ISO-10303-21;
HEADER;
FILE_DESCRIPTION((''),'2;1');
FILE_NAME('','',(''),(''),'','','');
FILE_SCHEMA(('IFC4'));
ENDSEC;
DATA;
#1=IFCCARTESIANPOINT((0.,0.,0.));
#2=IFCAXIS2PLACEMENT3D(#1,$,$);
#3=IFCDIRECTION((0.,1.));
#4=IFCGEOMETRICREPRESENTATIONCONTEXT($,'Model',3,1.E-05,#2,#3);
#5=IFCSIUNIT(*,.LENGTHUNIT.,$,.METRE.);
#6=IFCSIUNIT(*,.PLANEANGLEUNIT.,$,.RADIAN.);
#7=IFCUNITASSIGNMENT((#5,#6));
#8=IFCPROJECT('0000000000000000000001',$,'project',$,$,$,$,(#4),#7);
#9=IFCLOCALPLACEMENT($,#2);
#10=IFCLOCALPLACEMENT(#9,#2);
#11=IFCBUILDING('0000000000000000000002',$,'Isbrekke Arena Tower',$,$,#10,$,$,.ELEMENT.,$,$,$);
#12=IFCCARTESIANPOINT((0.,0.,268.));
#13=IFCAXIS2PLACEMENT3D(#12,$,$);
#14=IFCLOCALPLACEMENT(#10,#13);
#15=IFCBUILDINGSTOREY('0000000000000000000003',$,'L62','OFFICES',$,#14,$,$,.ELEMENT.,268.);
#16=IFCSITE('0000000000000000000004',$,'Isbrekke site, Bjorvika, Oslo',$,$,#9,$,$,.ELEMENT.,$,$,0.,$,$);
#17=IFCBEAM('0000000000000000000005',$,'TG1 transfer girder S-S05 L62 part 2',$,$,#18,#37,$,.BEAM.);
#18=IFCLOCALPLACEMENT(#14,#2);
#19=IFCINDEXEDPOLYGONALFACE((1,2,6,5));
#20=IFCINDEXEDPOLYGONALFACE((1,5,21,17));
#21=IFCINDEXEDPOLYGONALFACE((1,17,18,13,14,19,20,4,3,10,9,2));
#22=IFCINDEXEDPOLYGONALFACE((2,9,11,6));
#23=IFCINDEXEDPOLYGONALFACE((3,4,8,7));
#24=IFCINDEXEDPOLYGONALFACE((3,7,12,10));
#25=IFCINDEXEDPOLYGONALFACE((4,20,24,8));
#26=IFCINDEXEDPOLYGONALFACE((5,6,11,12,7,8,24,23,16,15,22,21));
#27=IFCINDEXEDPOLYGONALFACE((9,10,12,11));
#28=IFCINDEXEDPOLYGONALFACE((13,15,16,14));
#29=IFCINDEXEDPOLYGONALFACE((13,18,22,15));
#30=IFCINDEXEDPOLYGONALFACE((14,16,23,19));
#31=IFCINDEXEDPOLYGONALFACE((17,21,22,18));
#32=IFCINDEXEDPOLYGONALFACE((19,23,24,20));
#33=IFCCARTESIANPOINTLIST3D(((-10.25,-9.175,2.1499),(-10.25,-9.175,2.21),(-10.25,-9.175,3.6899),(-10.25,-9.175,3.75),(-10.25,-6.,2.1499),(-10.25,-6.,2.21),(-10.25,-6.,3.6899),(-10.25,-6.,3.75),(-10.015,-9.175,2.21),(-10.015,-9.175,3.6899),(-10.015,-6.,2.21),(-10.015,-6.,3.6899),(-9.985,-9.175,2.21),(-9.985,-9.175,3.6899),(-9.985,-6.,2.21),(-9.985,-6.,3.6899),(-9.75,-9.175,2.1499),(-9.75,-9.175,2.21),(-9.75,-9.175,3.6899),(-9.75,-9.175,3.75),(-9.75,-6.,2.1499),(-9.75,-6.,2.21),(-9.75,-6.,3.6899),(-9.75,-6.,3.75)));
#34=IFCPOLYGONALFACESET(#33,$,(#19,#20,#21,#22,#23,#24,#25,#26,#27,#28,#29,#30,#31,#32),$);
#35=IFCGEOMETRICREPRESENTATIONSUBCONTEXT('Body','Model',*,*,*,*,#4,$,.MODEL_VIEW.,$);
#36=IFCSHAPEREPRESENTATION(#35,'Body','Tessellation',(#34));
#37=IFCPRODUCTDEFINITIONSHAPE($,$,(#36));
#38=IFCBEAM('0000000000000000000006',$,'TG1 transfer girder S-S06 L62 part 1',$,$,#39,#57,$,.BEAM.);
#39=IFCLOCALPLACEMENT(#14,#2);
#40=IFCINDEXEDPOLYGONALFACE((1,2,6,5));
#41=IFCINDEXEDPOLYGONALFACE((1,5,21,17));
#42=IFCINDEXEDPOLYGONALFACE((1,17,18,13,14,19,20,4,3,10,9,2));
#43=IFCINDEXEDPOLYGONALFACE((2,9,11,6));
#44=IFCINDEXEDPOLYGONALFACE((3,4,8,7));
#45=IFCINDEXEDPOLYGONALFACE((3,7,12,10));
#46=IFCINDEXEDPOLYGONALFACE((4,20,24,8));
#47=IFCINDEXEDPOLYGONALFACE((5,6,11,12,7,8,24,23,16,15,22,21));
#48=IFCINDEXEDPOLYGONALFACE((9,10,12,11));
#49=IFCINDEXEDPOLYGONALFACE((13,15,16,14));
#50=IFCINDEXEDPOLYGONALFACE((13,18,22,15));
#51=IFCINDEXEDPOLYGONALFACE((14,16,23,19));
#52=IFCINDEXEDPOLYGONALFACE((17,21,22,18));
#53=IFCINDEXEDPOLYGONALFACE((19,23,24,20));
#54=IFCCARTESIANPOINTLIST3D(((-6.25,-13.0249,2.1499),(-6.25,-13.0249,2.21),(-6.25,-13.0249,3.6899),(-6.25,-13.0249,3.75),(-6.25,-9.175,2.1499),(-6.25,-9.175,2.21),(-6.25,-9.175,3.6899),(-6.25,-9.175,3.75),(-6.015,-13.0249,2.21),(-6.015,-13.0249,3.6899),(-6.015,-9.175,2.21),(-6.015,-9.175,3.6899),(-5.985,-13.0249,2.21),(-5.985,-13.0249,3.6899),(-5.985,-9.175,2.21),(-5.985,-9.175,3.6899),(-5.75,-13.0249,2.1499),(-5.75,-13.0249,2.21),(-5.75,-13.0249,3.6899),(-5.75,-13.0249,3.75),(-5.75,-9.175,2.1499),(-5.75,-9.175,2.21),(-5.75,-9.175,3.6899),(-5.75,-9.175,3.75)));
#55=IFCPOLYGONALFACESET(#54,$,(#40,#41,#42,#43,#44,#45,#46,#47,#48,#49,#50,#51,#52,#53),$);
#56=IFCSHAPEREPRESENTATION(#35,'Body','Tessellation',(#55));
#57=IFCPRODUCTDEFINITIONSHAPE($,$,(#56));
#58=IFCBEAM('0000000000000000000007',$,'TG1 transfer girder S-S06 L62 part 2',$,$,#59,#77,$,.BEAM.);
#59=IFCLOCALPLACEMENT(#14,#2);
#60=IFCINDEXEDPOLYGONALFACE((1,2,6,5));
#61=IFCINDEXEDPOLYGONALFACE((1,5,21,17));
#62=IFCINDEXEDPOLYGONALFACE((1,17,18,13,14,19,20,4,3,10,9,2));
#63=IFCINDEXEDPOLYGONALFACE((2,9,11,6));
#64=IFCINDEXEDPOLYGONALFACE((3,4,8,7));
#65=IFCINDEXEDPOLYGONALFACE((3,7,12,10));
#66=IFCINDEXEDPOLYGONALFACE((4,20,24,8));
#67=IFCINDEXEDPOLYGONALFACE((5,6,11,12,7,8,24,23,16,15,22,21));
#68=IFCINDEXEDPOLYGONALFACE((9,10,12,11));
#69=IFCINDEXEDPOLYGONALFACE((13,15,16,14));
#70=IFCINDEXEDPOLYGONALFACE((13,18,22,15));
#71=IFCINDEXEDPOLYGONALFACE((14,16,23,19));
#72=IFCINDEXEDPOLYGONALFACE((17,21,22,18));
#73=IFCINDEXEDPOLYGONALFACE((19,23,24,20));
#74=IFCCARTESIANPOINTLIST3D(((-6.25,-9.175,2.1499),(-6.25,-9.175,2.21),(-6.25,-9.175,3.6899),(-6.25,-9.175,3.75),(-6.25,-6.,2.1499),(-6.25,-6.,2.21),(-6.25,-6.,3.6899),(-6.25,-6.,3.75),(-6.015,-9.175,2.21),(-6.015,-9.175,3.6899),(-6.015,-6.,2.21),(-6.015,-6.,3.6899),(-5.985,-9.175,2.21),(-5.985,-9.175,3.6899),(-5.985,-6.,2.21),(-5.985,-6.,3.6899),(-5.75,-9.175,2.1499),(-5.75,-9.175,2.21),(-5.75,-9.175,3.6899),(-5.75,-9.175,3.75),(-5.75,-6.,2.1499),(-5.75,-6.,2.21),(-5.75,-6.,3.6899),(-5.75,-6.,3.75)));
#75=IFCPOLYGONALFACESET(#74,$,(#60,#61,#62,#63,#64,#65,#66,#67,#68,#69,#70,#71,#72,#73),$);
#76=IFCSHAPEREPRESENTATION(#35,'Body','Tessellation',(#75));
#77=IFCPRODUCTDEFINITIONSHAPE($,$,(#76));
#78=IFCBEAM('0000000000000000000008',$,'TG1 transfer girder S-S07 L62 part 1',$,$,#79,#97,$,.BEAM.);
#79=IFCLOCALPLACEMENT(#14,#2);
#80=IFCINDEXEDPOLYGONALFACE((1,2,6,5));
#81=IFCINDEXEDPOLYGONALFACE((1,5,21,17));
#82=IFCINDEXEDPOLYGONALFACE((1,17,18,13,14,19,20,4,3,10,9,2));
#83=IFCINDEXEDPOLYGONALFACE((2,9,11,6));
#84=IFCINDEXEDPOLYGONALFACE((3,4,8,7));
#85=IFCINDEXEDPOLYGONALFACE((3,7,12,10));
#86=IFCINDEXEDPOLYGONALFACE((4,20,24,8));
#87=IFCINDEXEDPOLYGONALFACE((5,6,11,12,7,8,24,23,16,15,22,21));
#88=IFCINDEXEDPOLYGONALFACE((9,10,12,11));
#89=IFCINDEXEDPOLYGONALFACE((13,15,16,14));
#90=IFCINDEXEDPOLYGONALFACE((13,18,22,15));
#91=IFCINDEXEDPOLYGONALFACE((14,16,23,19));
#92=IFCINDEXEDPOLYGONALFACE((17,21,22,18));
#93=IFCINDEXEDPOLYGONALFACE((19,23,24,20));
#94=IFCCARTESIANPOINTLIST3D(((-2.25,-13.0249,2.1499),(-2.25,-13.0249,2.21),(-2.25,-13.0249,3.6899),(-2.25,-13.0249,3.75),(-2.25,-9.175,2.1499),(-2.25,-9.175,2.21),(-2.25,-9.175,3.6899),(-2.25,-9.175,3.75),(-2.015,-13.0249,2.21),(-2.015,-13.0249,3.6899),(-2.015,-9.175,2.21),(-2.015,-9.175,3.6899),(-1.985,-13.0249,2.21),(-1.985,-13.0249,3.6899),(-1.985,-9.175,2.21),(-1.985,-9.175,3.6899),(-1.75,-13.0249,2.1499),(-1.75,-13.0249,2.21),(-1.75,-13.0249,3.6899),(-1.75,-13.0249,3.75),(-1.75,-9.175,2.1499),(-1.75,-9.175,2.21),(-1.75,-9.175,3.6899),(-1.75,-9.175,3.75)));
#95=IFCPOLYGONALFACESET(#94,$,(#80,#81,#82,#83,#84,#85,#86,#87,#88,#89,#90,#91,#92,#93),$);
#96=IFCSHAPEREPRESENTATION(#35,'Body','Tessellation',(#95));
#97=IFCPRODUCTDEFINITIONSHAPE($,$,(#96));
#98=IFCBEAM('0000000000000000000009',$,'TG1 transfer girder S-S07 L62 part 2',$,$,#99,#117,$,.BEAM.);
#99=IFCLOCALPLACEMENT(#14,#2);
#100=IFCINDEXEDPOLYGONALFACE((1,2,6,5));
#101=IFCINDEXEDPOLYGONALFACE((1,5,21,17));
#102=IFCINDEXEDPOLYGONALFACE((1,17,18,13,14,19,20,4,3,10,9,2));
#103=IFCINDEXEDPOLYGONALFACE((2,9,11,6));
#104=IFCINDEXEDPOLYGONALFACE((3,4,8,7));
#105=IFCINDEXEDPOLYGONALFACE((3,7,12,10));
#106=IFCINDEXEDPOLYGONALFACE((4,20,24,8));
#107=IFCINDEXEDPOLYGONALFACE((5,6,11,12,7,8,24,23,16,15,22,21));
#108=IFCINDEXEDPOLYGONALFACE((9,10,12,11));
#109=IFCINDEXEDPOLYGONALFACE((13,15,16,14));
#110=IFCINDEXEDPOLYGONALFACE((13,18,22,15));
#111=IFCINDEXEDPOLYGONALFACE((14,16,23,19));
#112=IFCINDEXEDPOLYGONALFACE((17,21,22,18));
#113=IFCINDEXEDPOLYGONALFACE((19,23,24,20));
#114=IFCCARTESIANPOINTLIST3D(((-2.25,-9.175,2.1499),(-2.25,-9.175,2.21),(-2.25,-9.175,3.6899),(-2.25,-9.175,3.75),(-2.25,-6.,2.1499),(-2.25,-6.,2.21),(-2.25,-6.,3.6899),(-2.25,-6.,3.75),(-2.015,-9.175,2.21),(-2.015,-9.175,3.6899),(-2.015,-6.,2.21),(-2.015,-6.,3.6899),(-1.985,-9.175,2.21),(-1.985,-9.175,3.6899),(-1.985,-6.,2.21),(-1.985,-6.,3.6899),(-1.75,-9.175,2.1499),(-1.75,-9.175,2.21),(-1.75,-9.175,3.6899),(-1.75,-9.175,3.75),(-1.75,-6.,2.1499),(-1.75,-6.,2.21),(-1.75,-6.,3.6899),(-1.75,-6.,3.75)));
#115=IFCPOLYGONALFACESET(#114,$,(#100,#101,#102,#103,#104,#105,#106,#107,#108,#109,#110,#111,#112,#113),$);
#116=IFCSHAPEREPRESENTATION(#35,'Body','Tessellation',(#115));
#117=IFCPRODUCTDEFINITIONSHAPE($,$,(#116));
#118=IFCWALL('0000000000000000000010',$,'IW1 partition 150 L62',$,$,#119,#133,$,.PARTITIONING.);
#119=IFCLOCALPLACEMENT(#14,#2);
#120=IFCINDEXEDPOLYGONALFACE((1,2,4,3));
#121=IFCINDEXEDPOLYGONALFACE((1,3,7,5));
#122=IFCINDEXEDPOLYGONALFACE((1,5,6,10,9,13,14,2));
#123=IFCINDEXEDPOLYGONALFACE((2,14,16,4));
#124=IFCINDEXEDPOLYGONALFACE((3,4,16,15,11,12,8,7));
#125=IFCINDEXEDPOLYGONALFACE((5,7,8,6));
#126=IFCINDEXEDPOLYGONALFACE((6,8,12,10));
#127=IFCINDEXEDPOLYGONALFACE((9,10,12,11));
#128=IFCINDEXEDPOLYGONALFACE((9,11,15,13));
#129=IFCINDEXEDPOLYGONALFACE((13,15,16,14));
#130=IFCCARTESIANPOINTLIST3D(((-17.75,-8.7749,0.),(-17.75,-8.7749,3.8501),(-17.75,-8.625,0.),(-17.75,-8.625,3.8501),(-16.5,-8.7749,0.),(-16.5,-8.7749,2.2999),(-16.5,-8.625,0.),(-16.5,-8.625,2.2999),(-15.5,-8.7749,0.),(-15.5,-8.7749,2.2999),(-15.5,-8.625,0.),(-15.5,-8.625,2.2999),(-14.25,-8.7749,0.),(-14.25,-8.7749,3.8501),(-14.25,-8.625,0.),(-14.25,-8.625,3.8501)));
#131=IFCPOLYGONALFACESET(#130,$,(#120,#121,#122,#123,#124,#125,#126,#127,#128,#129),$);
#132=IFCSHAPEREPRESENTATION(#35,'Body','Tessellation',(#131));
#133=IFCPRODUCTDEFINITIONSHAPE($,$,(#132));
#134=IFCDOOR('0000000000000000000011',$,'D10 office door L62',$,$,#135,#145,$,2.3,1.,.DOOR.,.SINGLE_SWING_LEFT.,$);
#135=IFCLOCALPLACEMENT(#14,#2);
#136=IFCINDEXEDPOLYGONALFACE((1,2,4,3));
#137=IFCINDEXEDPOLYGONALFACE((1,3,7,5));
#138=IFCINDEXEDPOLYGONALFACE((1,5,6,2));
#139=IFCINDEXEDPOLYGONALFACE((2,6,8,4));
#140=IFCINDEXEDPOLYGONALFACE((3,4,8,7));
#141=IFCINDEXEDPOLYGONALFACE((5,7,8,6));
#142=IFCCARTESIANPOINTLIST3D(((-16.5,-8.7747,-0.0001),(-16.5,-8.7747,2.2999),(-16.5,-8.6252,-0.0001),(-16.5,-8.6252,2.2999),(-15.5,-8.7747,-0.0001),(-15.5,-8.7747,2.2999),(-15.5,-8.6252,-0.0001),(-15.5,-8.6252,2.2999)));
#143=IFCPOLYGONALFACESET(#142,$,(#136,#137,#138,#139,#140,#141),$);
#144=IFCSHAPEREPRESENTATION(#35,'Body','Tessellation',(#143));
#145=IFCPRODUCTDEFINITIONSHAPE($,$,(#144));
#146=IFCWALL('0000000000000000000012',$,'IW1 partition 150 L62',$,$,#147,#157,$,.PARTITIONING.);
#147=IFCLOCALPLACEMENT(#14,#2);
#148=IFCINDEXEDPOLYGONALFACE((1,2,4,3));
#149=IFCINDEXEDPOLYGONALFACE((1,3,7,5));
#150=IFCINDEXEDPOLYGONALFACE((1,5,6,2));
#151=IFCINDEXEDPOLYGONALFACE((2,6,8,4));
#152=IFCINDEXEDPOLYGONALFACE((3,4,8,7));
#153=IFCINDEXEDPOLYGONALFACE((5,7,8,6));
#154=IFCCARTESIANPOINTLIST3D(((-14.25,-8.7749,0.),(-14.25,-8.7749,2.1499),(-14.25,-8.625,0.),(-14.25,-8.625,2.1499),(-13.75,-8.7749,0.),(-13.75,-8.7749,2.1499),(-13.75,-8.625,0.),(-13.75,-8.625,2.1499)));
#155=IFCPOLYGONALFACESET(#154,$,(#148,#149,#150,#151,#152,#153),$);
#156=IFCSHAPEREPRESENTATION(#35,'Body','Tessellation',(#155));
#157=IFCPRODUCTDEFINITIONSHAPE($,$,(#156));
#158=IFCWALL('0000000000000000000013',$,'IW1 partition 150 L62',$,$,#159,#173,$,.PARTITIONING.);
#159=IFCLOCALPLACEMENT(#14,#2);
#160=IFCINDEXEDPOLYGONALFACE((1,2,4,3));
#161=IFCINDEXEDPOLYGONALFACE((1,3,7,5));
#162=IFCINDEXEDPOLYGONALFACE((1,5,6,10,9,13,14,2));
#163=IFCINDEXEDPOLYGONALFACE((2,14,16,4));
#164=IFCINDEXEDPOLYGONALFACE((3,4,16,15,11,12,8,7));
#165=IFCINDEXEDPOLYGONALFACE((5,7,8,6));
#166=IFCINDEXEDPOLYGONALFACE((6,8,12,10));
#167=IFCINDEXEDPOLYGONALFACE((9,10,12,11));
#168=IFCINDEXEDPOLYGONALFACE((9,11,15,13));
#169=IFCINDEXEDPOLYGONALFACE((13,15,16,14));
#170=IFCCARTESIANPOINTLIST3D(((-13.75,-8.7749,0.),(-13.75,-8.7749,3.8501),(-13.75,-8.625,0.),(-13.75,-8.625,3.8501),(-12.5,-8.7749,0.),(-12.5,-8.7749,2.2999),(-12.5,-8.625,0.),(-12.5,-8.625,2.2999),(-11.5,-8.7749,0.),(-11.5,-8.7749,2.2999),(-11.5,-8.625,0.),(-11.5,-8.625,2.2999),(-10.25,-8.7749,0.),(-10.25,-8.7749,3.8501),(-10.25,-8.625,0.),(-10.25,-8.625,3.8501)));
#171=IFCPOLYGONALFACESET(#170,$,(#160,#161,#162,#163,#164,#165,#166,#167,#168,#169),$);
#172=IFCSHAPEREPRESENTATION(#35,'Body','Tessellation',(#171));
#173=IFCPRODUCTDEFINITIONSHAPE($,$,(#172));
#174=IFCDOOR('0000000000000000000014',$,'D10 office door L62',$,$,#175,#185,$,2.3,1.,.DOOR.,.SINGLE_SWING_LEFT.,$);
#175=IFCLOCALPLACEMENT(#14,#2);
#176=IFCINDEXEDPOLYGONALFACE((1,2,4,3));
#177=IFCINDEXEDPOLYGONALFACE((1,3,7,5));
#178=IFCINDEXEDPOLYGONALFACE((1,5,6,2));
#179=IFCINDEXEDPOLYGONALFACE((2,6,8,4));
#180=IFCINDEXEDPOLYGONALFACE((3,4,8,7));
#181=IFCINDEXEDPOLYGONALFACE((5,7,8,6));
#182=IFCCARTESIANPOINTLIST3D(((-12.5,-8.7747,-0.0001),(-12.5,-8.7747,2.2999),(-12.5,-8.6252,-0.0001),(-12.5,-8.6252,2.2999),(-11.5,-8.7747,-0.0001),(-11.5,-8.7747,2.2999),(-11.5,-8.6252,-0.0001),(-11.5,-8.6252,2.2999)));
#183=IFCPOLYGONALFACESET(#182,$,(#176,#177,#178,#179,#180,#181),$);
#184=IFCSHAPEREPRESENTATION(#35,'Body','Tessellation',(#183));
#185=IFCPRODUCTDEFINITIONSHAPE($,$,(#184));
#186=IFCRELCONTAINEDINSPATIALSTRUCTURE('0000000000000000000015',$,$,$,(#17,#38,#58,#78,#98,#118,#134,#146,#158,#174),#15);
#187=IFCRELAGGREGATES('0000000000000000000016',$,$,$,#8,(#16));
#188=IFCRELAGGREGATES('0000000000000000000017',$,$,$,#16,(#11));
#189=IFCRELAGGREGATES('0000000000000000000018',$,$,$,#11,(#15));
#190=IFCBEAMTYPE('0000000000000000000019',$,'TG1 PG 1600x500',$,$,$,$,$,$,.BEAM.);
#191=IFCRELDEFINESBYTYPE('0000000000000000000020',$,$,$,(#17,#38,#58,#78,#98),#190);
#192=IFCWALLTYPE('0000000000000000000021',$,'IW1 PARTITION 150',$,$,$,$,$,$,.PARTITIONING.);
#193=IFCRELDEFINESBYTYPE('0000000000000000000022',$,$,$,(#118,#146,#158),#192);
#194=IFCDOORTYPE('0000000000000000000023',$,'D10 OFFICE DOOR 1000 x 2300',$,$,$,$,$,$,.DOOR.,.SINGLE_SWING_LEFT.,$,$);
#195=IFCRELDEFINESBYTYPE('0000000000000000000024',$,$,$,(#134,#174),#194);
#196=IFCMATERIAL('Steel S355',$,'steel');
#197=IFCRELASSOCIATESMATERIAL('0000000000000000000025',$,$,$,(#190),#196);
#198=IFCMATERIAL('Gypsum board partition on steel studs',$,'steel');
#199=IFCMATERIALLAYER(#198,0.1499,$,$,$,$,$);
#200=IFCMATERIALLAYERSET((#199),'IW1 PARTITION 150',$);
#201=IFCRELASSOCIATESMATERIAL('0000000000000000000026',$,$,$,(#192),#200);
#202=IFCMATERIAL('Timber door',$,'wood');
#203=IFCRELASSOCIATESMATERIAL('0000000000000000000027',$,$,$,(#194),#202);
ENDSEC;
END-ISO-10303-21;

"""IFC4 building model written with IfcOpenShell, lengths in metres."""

from ifc_helpers import new_model, si_unit, direction, frame, frame_2d, origin, origin_2d, place, context, subcontext, project, spatial, rectangle, i_section, extrude, material, layer, layer_set, material_profile, profile_set, type_object, element, fill, save


model = new_model("IFC4")

# Units and contexts
model_context = context("Model", 3, precision=1e-05, world=origin(), true_north=direction((0.0, 1.0)))
body_context = subcontext(model_context, "Body", "Model", "MODEL_VIEW")
ifc_project = project(units=[si_unit("LENGTHUNIT", "METRE"), si_unit("PLANEANGLEUNIT", "RADIAN")], contexts=[model_context])

# Site, building, storey
site_placement = place(None, origin())
site = spatial("IfcSite", under=ifc_project, at=site_placement, Name="Isbrekke site, Bjorvika, Oslo", CompositionType="ELEMENT", RefElevation=0.0)
building_placement = place(site_placement, origin())
building = spatial("IfcBuilding", under=site, at=building_placement, Name="Isbrekke Arena Tower", CompositionType="ELEMENT")
storey_placement = place(building_placement, frame((0.0, 0.0, 268.0)))
storey = spatial("IfcBuildingStorey", under=building, at=storey_placement, Name="L62", Description="OFFICES", CompositionType="ELEMENT", Elevation=268.0)

# Beams
ifc_material_1 = material(Name="Steel S355", Category="steel")
ifc_material_profile_1 = material_profile(ifc_material_1, i_section(OverallWidth=0.5, OverallDepth=1.6001, WebThickness=0.03, FlangeThickness=0.0601, at=origin_2d()), Name="PG 1600x500")
ifc_profile_set_1 = profile_set([ifc_material_profile_1], Name="Steel S355")
beam_type_1 = type_object("IfcBeamType", Name="TG1 PG 1600x500", PredefinedType="BEAM", material=ifc_profile_set_1)
beam_1_placement = place(storey_placement, frame((-10.0, -9.175, 2.95), z_axis=(0.0, 1.0, 0.0), x_axis=(-1.0, 0.0, 0.0)))
element("IfcBeam", 1, at=beam_1_placement, inside=storey, type_object=beam_type_1, Name="TG1 transfer girder S-S05 L62 part 2", PredefinedType="BEAM", context=body_context, shape_type="SweptSolid", body=[
    extrude(i_section(OverallWidth=0.5, OverallDepth=1.6001, WebThickness=0.03, FlangeThickness=0.0601, at=origin_2d()), origin(), (0.0, 0.0, 1.0), 3.175),
])
beam_2_placement = place(storey_placement, frame((-6.0, -13.0249, 2.95), z_axis=(0.0, 1.0, 0.0), x_axis=(-1.0, 0.0, 0.0)))
element("IfcBeam", 2, at=beam_2_placement, inside=storey, type_object=beam_type_1, Name="TG1 transfer girder S-S06 L62 part 1", PredefinedType="BEAM", context=body_context, shape_type="SweptSolid", body=[
    extrude(i_section(OverallWidth=0.5, OverallDepth=1.6001, WebThickness=0.03, FlangeThickness=0.0601, at=origin_2d()), origin(), (0.0, 0.0, 1.0), 3.8499),
])
beam_3_placement = place(storey_placement, frame((-6.0, -9.175, 2.95), z_axis=(0.0, 1.0, 0.0), x_axis=(-1.0, 0.0, 0.0)))
element("IfcBeam", 3, at=beam_3_placement, inside=storey, type_object=beam_type_1, Name="TG1 transfer girder S-S06 L62 part 2", PredefinedType="BEAM", context=body_context, shape_type="SweptSolid", body=[
    extrude(i_section(OverallWidth=0.5, OverallDepth=1.6001, WebThickness=0.03, FlangeThickness=0.0601, at=origin_2d()), origin(), (0.0, 0.0, 1.0), 3.175),
])
beam_4_placement = place(storey_placement, frame((-2.0, -13.0249, 2.95), z_axis=(0.0, 1.0, 0.0), x_axis=(-1.0, 0.0, 0.0)))
element("IfcBeam", 4, at=beam_4_placement, inside=storey, type_object=beam_type_1, Name="TG1 transfer girder S-S07 L62 part 1", PredefinedType="BEAM", context=body_context, shape_type="SweptSolid", body=[
    extrude(i_section(OverallWidth=0.5, OverallDepth=1.6001, WebThickness=0.03, FlangeThickness=0.0601, at=origin_2d()), origin(), (0.0, 0.0, 1.0), 3.8499),
])
beam_5_placement = place(storey_placement, frame((-2.0, -9.175, 2.95), z_axis=(0.0, 1.0, 0.0), x_axis=(-1.0, 0.0, 0.0)))
element("IfcBeam", 5, at=beam_5_placement, inside=storey, type_object=beam_type_1, Name="TG1 transfer girder S-S07 L62 part 2", PredefinedType="BEAM", context=body_context, shape_type="SweptSolid", body=[
    extrude(i_section(OverallWidth=0.5, OverallDepth=1.6001, WebThickness=0.03, FlangeThickness=0.0601, at=origin_2d()), origin(), (0.0, 0.0, 1.0), 3.175),
])

# Wall, opening, door
ifc_material_2 = material(Name="Gypsum board partition on steel studs", Category="steel")
ifc_layer_1 = layer(ifc_material_2, 0.1499)
ifc_layer_set_1 = layer_set([ifc_layer_1], Name="IW1 PARTITION 150")
wall_type_1 = type_object("IfcWallType", Name="IW1 PARTITION 150", PredefinedType="PARTITIONING", material=ifc_layer_set_1)
wall_1_placement = place(storey_placement, frame((-17.75, -8.7, 0.0), z_axis=(0.0, 0.0, 1.0), x_axis=(1.0, 0.0, 0.0)))
wall_1 = element("IfcWall", 6, at=wall_1_placement, inside=storey, type_object=wall_type_1, Name="IW1 partition 150 L62", PredefinedType="PARTITIONING", context=body_context, shape_type="SweptSolid", body=[
    extrude(rectangle(XDim=3.5, YDim=0.1499, at=frame_2d((1.75, 0.0))), origin(), (0.0, 0.0, 1.0), 3.8501),
])
opening_1_placement = place(wall_1_placement, frame((1.25, 0.0, 0.0)))
opening_1 = element("IfcOpeningElement", 7, at=opening_1_placement, cuts=wall_1, PredefinedType="OPENING", context=body_context, shape_type="SweptSolid", body=[
    extrude(rectangle(XDim=1.0, YDim=2.3, at=frame_2d((0.5, 1.1499))), frame((0.0, 0.0898, 0.0), z_axis=(0.0, -1.0, 0.0), x_axis=(1.0, 0.0, 0.0)), (0.0, 0.0, 1.0), 0.1797),
])
ifc_material_3 = material(Name="Timber door", Category="wood")
door_type = type_object("IfcDoorType", Name="D10 OFFICE DOOR 1000 x 2300", OperationType="SINGLE_SWING_LEFT", PredefinedType="DOOR", material=ifc_material_3)
door_1_placement = place(opening_1_placement, origin())
door_1 = element("IfcDoor", 8, at=door_1_placement, inside=storey, type_object=door_type, Name="D10 office door L62", OperationType="SINGLE_SWING_LEFT", OverallHeight=2.3, OverallWidth=1.0, PredefinedType="DOOR", context=body_context, shape_type="SweptSolid", body=[
    extrude(rectangle(XDim=1.0, YDim=2.3, at=frame_2d((0.5, 1.1499))), frame((0.0, 0.0747, 0.0), z_axis=(0.0, -1.0, 0.0), x_axis=(1.0, 0.0, 0.0)), (0.0, 0.0, 1.0), 0.1494),
])
fill(opening_1, door_1)

# Wall
wall_2_placement = place(storey_placement, frame((-14.25, -8.7, 0.0), z_axis=(0.0, 0.0, 1.0), x_axis=(1.0, 0.0, 0.0)))
element("IfcWall", 9, at=wall_2_placement, inside=storey, type_object=wall_type_1, Name="IW1 partition 150 L62", PredefinedType="PARTITIONING", context=body_context, shape_type="SweptSolid", body=[
    extrude(rectangle(XDim=0.5, YDim=0.1499, at=frame_2d((0.25, 0.0))), origin(), (0.0, 0.0, 1.0), 2.1499),
])

# Wall, opening, door
wall_3_placement = place(storey_placement, frame((-13.75, -8.7, 0.0), z_axis=(0.0, 0.0, 1.0), x_axis=(1.0, 0.0, 0.0)))
wall_3 = element("IfcWall", 10, at=wall_3_placement, inside=storey, type_object=wall_type_1, Name="IW1 partition 150 L62", PredefinedType="PARTITIONING", context=body_context, shape_type="SweptSolid", body=[
    extrude(rectangle(XDim=3.5, YDim=0.1499, at=frame_2d((1.75, 0.0))), origin(), (0.0, 0.0, 1.0), 3.8501),
])
opening_2_placement = place(wall_3_placement, frame((1.25, 0.0, 0.0)))
opening_2 = element("IfcOpeningElement", 11, at=opening_2_placement, cuts=wall_3, PredefinedType="OPENING", context=body_context, shape_type="SweptSolid", body=[
    extrude(rectangle(XDim=1.0, YDim=2.3, at=frame_2d((0.5, 1.1499))), frame((0.0, 0.0898, 0.0), z_axis=(0.0, -1.0, 0.0), x_axis=(1.0, 0.0, 0.0)), (0.0, 0.0, 1.0), 0.1797),
])
door_2_placement = place(opening_2_placement, origin())
door_2 = element("IfcDoor", 12, at=door_2_placement, inside=storey, type_object=door_type, Name="D10 office door L62", OperationType="SINGLE_SWING_LEFT", OverallHeight=2.3, OverallWidth=1.0, PredefinedType="DOOR", context=body_context, shape_type="SweptSolid", body=[
    extrude(rectangle(XDim=1.0, YDim=2.3, at=frame_2d((0.5, 1.1499))), frame((0.0, 0.0747, 0.0), z_axis=(0.0, -1.0, 0.0), x_axis=(1.0, 0.0, 0.0)), (0.0, 0.0, 1.0), 0.1494),
])
fill(opening_2, door_2)

save(model, "model.ifc")
